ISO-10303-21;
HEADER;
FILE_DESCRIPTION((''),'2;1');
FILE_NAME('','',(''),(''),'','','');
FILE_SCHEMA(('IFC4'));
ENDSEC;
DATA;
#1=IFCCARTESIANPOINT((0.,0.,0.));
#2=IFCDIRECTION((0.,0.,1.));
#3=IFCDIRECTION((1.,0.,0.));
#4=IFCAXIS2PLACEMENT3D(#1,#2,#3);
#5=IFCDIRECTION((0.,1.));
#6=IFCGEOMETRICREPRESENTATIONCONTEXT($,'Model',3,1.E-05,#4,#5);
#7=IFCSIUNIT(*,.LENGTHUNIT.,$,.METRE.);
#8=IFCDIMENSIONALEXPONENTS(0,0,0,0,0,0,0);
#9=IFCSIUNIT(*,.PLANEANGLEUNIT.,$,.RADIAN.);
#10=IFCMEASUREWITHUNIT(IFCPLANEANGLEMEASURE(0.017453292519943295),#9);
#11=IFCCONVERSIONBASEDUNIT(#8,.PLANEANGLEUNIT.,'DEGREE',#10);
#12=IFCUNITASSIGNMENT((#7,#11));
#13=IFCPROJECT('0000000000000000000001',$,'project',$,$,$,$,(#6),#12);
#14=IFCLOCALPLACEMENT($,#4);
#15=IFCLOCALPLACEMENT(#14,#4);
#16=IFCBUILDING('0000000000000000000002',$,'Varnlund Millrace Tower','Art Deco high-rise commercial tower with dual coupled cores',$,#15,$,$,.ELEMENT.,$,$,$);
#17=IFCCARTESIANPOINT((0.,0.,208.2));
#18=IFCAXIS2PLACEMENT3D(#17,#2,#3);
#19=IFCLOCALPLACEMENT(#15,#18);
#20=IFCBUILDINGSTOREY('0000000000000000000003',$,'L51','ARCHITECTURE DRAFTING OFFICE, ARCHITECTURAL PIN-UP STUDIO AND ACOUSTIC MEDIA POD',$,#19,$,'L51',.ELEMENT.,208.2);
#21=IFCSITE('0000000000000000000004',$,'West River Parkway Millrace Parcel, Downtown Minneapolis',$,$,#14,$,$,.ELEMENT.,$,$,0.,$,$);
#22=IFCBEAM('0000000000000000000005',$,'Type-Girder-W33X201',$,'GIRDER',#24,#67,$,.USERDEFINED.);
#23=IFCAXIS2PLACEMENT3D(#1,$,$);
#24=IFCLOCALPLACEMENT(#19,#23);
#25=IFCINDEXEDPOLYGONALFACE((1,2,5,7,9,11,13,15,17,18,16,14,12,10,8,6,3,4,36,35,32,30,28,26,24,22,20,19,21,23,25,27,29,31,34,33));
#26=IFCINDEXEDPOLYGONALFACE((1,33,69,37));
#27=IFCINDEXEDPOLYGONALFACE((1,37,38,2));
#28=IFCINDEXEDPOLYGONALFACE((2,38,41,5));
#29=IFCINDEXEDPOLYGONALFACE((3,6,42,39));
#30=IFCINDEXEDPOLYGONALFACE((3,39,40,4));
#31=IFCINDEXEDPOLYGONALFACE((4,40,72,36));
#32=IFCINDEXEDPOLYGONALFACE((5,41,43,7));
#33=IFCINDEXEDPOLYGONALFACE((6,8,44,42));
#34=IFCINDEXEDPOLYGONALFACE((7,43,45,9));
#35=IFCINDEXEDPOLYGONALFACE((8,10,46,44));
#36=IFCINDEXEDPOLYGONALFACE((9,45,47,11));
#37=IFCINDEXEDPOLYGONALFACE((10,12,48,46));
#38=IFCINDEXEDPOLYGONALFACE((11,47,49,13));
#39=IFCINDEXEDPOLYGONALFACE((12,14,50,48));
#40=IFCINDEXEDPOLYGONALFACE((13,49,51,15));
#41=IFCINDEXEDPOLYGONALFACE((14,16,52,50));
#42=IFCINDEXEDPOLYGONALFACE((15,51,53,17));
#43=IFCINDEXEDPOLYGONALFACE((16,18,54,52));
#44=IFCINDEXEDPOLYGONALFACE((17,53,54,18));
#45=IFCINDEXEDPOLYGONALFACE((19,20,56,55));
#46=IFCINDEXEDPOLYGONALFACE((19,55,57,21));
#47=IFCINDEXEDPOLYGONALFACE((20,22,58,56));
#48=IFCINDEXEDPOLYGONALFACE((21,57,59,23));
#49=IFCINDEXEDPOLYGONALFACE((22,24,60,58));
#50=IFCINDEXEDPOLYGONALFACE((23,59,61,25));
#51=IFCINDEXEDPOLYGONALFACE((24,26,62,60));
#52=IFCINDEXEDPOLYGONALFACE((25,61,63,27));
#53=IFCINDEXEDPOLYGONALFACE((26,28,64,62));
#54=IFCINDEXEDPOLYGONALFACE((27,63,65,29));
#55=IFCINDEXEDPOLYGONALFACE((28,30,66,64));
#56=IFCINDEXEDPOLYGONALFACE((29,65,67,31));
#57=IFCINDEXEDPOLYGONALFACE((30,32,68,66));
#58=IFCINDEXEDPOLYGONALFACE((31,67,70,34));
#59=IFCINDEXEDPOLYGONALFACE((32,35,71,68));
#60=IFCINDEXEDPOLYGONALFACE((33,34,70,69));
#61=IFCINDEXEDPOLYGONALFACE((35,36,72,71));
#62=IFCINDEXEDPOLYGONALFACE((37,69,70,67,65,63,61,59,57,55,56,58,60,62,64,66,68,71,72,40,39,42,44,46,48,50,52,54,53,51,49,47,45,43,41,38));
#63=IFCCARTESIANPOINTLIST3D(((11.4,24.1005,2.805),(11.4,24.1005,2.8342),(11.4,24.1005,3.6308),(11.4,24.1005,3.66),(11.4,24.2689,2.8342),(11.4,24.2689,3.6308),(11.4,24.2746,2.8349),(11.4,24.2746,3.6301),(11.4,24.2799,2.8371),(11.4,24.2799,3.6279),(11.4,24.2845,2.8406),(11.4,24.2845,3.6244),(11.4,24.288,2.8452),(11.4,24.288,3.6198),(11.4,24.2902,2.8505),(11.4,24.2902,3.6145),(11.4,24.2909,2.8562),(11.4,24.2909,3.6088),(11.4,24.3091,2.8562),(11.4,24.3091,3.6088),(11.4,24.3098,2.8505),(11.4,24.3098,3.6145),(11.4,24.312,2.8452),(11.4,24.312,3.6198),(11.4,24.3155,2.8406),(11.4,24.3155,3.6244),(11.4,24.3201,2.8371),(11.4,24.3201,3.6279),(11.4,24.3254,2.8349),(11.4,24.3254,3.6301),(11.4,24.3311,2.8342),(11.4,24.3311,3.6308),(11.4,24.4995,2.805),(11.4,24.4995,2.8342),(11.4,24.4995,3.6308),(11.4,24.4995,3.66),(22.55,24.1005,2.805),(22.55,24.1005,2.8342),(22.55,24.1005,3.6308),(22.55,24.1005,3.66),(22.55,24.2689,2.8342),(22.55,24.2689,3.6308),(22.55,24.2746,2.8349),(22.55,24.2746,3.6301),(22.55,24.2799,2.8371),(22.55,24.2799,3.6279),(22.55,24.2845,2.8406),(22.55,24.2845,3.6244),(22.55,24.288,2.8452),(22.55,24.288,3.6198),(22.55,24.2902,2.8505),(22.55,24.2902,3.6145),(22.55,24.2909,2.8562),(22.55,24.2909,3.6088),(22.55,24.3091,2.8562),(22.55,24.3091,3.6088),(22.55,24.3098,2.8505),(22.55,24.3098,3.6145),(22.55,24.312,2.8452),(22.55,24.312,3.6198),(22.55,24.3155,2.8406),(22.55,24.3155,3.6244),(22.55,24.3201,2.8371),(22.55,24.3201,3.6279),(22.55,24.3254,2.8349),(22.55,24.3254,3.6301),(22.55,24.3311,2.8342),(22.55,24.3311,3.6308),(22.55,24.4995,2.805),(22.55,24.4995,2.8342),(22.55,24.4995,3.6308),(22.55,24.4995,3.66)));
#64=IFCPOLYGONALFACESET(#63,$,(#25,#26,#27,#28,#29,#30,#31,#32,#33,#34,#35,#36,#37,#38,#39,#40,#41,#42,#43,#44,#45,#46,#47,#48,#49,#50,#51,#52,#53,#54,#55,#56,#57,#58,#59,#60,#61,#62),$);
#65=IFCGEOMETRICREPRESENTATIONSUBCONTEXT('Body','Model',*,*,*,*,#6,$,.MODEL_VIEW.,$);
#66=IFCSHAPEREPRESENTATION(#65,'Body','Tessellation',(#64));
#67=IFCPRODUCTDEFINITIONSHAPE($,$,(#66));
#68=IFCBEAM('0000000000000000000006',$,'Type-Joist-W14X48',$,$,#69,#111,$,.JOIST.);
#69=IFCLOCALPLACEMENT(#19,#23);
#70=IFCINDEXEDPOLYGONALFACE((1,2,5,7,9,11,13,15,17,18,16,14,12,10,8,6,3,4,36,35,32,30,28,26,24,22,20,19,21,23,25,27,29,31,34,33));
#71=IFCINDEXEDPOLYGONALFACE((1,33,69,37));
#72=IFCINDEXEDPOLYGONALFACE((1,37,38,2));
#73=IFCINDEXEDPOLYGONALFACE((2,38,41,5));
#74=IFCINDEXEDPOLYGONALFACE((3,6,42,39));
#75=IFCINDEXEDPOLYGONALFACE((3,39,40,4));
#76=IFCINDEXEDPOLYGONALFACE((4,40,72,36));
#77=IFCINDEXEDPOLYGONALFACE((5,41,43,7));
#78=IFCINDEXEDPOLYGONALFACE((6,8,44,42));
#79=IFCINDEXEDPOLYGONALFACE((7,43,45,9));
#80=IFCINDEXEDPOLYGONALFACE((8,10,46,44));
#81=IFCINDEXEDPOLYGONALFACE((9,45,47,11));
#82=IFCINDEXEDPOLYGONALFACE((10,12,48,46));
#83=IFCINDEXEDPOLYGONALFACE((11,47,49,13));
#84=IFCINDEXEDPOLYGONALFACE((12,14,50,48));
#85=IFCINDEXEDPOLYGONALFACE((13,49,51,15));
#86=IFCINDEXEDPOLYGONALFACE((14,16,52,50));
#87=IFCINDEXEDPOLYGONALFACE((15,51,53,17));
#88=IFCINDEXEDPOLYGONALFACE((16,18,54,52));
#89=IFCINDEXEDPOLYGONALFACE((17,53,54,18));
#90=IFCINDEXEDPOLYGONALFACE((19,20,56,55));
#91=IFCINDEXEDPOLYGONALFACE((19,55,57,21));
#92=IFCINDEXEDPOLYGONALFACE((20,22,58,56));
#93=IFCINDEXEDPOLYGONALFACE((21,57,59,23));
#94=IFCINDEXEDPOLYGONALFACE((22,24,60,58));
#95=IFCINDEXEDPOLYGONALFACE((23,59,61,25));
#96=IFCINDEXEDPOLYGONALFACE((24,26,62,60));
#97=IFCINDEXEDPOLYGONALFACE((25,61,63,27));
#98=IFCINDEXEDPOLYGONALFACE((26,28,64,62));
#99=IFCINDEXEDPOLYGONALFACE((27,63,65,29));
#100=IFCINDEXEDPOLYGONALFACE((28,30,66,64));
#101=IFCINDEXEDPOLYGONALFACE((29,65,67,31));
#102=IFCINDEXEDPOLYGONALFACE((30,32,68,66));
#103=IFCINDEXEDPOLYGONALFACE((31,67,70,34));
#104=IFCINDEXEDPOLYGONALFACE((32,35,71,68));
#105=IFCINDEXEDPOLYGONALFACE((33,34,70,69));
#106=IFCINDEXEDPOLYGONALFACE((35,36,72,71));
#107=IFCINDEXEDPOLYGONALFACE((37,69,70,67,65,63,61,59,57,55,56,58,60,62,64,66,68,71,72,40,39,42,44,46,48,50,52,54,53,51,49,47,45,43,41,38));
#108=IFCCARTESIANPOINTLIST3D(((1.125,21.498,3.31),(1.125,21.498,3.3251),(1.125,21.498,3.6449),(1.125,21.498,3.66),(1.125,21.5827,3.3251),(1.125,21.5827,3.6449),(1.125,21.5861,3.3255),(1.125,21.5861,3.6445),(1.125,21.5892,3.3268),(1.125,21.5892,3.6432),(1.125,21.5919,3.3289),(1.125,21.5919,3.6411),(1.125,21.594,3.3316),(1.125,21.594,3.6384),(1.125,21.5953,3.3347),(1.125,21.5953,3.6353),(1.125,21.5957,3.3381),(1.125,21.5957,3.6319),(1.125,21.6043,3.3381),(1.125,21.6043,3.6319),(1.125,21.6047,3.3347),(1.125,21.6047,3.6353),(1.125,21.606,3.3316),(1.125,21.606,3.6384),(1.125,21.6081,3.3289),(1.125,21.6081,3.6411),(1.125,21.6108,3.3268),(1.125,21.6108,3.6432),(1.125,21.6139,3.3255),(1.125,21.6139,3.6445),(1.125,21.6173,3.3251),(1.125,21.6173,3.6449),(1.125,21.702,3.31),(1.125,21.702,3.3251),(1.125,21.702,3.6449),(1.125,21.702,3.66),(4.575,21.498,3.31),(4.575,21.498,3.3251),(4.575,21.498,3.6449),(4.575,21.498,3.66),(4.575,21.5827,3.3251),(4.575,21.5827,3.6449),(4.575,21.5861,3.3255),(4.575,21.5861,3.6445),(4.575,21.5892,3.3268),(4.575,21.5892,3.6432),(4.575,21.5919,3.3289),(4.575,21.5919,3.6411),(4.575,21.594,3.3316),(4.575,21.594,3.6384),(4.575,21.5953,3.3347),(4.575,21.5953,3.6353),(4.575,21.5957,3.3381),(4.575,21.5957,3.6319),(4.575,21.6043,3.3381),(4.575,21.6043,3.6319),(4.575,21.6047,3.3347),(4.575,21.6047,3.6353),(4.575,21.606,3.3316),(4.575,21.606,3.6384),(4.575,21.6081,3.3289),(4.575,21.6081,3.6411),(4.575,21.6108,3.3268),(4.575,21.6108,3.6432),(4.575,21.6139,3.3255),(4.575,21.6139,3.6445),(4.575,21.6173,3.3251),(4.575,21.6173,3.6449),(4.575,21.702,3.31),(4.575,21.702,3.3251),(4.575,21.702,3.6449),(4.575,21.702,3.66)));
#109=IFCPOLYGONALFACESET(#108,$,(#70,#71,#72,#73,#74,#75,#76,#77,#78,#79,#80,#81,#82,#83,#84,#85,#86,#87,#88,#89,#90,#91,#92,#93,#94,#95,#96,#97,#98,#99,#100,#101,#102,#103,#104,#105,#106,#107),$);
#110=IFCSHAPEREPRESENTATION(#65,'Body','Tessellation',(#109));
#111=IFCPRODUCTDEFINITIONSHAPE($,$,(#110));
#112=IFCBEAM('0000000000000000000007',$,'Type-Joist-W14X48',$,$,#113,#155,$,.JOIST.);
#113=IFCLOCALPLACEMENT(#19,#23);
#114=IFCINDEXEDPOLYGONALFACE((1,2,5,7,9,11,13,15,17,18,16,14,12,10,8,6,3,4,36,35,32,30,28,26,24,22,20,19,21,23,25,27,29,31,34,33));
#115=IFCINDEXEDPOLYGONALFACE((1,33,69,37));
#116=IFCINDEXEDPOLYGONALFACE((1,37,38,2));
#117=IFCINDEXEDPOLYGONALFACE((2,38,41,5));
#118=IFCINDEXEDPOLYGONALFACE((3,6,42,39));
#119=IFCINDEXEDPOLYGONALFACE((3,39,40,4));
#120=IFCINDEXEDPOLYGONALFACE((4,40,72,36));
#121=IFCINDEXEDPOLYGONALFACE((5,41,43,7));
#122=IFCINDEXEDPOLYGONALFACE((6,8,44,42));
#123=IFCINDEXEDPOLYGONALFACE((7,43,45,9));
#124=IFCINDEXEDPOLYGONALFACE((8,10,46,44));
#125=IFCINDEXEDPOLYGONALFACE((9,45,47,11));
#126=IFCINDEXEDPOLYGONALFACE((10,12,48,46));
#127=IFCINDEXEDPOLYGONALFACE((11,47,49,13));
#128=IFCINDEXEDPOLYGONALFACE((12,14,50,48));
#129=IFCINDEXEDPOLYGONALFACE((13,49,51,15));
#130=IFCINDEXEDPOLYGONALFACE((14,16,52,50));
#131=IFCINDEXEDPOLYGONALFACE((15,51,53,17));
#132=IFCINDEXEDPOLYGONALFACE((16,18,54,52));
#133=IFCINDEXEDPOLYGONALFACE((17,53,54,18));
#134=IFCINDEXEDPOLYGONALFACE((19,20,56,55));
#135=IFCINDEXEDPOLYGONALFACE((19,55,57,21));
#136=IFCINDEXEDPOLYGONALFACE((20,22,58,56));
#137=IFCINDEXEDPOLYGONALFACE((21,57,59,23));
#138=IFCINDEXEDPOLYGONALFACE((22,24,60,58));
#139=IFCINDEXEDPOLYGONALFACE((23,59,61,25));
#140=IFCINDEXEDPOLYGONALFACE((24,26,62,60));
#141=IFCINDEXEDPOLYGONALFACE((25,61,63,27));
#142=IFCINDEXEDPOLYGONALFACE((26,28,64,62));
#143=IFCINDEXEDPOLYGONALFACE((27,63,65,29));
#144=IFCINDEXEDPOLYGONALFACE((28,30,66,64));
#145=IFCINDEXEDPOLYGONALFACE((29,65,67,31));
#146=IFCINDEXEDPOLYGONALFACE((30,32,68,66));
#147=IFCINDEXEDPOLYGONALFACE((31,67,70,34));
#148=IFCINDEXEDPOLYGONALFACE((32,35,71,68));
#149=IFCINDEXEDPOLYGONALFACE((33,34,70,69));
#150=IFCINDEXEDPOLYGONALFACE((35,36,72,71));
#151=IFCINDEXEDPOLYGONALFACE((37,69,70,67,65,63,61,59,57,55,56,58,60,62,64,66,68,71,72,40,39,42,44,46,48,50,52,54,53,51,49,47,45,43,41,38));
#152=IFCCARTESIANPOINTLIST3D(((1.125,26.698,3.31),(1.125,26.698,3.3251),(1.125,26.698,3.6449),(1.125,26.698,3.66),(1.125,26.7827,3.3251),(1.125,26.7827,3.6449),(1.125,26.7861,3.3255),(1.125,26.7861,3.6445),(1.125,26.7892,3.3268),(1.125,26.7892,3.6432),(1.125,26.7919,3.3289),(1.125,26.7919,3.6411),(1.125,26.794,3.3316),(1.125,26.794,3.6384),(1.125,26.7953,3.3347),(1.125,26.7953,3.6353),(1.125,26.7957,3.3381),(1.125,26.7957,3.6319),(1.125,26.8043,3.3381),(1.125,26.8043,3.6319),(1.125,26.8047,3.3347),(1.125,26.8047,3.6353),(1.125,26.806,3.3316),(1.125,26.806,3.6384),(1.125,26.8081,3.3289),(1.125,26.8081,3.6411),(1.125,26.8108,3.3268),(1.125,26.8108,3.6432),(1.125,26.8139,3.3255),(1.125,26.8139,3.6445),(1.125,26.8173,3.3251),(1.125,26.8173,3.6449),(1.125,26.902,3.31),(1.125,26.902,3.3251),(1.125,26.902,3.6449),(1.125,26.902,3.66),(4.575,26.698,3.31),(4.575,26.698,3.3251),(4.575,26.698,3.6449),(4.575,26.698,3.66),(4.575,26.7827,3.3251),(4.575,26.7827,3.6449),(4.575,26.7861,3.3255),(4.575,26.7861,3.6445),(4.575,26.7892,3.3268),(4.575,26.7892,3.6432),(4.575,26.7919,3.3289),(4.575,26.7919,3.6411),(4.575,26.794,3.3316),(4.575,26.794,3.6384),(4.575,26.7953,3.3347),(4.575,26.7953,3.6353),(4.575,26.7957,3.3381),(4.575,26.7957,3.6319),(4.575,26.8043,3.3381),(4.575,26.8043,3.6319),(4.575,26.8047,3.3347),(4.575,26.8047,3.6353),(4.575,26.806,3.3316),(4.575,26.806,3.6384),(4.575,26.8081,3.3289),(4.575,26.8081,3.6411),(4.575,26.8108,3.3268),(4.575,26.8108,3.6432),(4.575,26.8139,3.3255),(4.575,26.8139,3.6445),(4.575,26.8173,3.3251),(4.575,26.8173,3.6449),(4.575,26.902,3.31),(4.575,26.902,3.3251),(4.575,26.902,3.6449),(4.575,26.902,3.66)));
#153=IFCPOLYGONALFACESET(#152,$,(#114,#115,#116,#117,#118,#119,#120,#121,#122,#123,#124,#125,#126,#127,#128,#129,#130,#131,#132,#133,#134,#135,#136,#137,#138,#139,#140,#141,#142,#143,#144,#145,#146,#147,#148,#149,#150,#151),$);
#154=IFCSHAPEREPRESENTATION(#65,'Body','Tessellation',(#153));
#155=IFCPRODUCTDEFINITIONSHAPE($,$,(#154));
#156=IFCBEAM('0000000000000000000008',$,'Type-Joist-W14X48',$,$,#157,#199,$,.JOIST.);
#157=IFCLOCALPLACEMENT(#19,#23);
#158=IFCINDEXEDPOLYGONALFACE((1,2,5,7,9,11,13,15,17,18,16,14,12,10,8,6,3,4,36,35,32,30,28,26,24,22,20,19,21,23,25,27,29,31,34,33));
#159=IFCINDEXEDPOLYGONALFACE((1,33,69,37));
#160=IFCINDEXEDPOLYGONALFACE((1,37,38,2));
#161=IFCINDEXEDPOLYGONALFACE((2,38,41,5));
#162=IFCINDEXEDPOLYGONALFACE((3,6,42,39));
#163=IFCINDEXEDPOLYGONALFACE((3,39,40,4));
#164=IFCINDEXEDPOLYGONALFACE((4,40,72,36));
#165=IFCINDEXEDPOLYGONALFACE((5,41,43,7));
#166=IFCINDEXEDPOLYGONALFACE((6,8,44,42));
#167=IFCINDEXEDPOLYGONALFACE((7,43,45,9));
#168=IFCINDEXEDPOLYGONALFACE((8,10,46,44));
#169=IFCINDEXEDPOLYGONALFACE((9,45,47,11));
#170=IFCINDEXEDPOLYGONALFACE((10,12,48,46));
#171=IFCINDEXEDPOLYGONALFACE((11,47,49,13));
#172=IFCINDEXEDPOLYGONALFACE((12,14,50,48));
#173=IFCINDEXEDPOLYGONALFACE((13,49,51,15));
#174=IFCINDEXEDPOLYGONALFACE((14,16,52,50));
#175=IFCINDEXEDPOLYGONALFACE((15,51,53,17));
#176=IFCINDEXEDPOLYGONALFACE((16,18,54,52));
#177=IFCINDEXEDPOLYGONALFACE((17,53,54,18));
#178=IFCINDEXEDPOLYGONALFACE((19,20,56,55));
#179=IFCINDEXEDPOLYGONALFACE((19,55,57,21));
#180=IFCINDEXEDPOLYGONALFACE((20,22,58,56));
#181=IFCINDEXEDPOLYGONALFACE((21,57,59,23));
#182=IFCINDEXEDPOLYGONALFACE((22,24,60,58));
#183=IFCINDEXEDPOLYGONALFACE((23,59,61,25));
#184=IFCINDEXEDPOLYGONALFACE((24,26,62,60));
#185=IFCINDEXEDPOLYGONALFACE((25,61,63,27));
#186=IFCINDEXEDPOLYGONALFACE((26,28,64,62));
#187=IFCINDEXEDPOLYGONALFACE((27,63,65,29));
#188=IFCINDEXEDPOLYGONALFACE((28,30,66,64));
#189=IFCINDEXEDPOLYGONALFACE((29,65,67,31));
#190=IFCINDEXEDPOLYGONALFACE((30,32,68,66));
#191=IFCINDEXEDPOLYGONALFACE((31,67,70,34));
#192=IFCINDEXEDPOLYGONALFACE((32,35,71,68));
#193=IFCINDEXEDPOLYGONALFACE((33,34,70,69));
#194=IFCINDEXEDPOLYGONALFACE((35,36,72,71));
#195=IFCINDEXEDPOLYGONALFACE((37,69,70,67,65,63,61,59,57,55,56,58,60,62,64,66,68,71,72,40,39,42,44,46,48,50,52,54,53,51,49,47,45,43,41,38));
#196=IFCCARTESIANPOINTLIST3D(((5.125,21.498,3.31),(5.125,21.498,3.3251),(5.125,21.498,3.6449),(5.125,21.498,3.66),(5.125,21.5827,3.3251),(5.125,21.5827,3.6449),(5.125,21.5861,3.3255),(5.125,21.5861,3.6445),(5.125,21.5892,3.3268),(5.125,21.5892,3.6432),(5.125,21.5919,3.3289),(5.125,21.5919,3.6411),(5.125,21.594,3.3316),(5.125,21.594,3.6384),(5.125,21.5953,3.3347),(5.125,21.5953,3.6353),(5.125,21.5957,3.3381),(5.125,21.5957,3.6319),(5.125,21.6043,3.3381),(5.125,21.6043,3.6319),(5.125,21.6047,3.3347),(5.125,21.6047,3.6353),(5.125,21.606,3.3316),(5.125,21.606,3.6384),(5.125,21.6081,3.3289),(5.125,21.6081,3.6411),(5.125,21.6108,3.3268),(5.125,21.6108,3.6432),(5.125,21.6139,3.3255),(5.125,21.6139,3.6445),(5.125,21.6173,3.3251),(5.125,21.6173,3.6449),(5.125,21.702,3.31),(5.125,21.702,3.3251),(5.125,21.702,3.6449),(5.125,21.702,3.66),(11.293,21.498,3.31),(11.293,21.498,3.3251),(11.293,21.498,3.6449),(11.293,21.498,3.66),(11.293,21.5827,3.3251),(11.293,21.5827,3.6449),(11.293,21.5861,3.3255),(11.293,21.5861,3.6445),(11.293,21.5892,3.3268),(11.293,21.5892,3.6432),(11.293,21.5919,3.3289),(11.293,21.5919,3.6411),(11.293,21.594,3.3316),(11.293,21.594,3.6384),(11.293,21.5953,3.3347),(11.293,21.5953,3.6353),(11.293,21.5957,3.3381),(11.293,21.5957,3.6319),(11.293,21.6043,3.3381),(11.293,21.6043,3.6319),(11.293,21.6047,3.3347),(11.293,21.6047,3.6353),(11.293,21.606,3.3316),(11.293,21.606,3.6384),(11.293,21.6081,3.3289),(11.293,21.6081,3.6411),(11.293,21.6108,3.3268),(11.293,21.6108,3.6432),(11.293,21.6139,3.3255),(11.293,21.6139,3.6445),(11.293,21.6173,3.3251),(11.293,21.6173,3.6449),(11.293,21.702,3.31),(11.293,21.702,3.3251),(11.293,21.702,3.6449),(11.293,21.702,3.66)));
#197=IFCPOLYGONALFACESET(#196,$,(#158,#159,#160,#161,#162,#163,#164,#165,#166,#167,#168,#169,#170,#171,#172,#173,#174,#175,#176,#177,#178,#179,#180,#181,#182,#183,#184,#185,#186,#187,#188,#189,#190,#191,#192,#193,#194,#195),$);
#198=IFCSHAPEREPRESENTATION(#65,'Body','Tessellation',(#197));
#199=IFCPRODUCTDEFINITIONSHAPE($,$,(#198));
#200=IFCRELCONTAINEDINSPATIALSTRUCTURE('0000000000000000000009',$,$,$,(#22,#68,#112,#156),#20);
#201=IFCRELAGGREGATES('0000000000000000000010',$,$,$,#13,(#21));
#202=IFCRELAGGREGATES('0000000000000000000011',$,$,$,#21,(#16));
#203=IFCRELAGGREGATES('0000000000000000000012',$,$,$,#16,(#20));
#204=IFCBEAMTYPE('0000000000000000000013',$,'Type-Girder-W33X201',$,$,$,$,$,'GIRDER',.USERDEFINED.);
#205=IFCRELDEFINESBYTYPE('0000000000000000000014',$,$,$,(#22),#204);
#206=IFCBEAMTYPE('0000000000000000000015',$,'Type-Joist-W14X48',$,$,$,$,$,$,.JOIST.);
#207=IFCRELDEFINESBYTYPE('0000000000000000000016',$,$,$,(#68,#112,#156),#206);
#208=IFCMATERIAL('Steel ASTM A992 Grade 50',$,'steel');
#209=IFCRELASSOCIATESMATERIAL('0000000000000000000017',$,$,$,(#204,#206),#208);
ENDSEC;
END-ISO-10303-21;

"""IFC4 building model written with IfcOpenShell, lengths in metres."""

from ifc_helpers import new_model, entity, si_unit, converted_unit, direction, frame, origin_with_axes, origin_2d_with_axis, place, context, subcontext, project, spatial, i_section, extrude, material, material_profile, profile_set, type_object, element, save


model = new_model("IFC4")

# Units and contexts
model_context = context("Model", 3, precision=1e-05, world=origin_with_axes(), true_north=direction((0.0, 1.0)))
body_context = subcontext(model_context, "Body", "Model", "MODEL_VIEW")
ifc_project = project(units=[si_unit("LENGTHUNIT", "METRE"), converted_unit("PLANEANGLEUNIT", "DEGREE", entity("IfcPlaneAngleMeasure", 0.017453292519943295), si_unit("PLANEANGLEUNIT", "RADIAN"), dimensions=[0, 0, 0, 0, 0, 0, 0])], contexts=[model_context])

# Site, building, storey
site_placement = place(None, origin_with_axes())
site = spatial("IfcSite", under=ifc_project, at=site_placement, Name="West River Parkway Millrace Parcel, Downtown Minneapolis", CompositionType="ELEMENT", RefElevation=0.0)
building_placement = place(site_placement, origin_with_axes())
building = spatial("IfcBuilding", under=site, at=building_placement, Name="Varnlund Millrace Tower", Description="Art Deco high-rise commercial tower with dual coupled cores", CompositionType="ELEMENT")
storey_placement = place(building_placement, frame((0.0, 0.0, 208.2), z_axis=(0.0, 0.0, 1.0), x_axis=(1.0, 0.0, 0.0)))
storey = spatial("IfcBuildingStorey", under=building, at=storey_placement, Name="L51", Description="ARCHITECTURE DRAFTING OFFICE, ARCHITECTURAL PIN-UP STUDIO AND ACOUSTIC MEDIA POD", LongName="L51", CompositionType="ELEMENT", Elevation=208.2)

# Beams
ifc_material_1 = material(Name="Steel ASTM A992 Grade 50", Category="steel")
ifc_material_profile_1 = material_profile(ifc_material_1, i_section(OverallWidth=0.399, OverallDepth=0.855, WebThickness=0.0182, FlangeThickness=0.0292, FilletRadius=0.022, at=origin_2d_with_axis()), Name="Steel ASTM A992 Grade 50")
ifc_profile_set_1 = profile_set([ifc_material_profile_1], Name="Steel ASTM A992 Grade 50")
beam_type_1 = type_object("IfcBeamType", Name="Type-Girder-W33X201", ElementType="GIRDER", PredefinedType="USERDEFINED", material=ifc_profile_set_1)
beam_1_placement = place(storey_placement, frame((11.4, 24.3, 3.2325), z_axis=(1.0, 0.0, 0.0), x_axis=(0.0, 1.0, 0.0)))
element("IfcBeam", 1, at=beam_1_placement, inside=storey, type_object=beam_type_1, Name="Type-Girder-W33X201", ObjectType="GIRDER", PredefinedType="USERDEFINED", context=body_context, shape_type="SweptSolid", body=[
    extrude(i_section(OverallWidth=0.399, OverallDepth=0.855, WebThickness=0.0182, FlangeThickness=0.0292, FilletRadius=0.022, at=origin_2d_with_axis()), origin_with_axes(), (0.0, 0.0, 1.0), 11.15),
])
ifc_material_profile_2 = material_profile(ifc_material_1, i_section(OverallWidth=0.204, OverallDepth=0.35, WebThickness=0.0086, FlangeThickness=0.0151, FilletRadius=0.013, at=origin_2d_with_axis()), Name="Steel ASTM A992 Grade 50")
ifc_profile_set_2 = profile_set([ifc_material_profile_2], Name="Steel ASTM A992 Grade 50")
beam_type_2 = type_object("IfcBeamType", Name="Type-Joist-W14X48", PredefinedType="JOIST", material=ifc_profile_set_2)
for number, where, z_axis, x_axis, name in (
    (2, (1.125, 21.6, 3.485), (1.0, 0.0, 0.0), (0.0, 1.0, 0.0), "Type-Joist-W14X48"),
    (3, (1.125, 26.8, 3.485), (1.0, 0.0, 0.0), (0.0, 1.0, 0.0), "Type-Joist-W14X48"),
):
    element("IfcBeam", number, at=place(storey_placement, frame(where, z_axis=z_axis, x_axis=x_axis)), inside=storey, type_object=beam_type_2, Name=name, PredefinedType="JOIST", context=body_context, shape_type="SweptSolid", body=[
        extrude(i_section(OverallWidth=0.204, OverallDepth=0.35, WebThickness=0.0086, FlangeThickness=0.0151, FilletRadius=0.013, at=origin_2d_with_axis()), origin_with_axes(), (0.0, 0.0, 1.0), 3.45),
    ])
for number, where, z_axis, x_axis, name in (
    (4, (5.125, 21.6, 3.485), (1.0, 0.0, 0.0), (0.0, 1.0, 0.0), "Type-Joist-W14X48"),
):
    element("IfcBeam", number, at=place(storey_placement, frame(where, z_axis=z_axis, x_axis=x_axis)), inside=storey, type_object=beam_type_2, Name=name, PredefinedType="JOIST", context=body_context, shape_type="SweptSolid", body=[
        extrude(i_section(OverallWidth=0.204, OverallDepth=0.35, WebThickness=0.0086, FlangeThickness=0.0151, FilletRadius=0.013, at=origin_2d_with_axis()), origin_with_axes(), (0.0, 0.0, 1.0), 6.168),
    ])

save(model, "model.ifc")
